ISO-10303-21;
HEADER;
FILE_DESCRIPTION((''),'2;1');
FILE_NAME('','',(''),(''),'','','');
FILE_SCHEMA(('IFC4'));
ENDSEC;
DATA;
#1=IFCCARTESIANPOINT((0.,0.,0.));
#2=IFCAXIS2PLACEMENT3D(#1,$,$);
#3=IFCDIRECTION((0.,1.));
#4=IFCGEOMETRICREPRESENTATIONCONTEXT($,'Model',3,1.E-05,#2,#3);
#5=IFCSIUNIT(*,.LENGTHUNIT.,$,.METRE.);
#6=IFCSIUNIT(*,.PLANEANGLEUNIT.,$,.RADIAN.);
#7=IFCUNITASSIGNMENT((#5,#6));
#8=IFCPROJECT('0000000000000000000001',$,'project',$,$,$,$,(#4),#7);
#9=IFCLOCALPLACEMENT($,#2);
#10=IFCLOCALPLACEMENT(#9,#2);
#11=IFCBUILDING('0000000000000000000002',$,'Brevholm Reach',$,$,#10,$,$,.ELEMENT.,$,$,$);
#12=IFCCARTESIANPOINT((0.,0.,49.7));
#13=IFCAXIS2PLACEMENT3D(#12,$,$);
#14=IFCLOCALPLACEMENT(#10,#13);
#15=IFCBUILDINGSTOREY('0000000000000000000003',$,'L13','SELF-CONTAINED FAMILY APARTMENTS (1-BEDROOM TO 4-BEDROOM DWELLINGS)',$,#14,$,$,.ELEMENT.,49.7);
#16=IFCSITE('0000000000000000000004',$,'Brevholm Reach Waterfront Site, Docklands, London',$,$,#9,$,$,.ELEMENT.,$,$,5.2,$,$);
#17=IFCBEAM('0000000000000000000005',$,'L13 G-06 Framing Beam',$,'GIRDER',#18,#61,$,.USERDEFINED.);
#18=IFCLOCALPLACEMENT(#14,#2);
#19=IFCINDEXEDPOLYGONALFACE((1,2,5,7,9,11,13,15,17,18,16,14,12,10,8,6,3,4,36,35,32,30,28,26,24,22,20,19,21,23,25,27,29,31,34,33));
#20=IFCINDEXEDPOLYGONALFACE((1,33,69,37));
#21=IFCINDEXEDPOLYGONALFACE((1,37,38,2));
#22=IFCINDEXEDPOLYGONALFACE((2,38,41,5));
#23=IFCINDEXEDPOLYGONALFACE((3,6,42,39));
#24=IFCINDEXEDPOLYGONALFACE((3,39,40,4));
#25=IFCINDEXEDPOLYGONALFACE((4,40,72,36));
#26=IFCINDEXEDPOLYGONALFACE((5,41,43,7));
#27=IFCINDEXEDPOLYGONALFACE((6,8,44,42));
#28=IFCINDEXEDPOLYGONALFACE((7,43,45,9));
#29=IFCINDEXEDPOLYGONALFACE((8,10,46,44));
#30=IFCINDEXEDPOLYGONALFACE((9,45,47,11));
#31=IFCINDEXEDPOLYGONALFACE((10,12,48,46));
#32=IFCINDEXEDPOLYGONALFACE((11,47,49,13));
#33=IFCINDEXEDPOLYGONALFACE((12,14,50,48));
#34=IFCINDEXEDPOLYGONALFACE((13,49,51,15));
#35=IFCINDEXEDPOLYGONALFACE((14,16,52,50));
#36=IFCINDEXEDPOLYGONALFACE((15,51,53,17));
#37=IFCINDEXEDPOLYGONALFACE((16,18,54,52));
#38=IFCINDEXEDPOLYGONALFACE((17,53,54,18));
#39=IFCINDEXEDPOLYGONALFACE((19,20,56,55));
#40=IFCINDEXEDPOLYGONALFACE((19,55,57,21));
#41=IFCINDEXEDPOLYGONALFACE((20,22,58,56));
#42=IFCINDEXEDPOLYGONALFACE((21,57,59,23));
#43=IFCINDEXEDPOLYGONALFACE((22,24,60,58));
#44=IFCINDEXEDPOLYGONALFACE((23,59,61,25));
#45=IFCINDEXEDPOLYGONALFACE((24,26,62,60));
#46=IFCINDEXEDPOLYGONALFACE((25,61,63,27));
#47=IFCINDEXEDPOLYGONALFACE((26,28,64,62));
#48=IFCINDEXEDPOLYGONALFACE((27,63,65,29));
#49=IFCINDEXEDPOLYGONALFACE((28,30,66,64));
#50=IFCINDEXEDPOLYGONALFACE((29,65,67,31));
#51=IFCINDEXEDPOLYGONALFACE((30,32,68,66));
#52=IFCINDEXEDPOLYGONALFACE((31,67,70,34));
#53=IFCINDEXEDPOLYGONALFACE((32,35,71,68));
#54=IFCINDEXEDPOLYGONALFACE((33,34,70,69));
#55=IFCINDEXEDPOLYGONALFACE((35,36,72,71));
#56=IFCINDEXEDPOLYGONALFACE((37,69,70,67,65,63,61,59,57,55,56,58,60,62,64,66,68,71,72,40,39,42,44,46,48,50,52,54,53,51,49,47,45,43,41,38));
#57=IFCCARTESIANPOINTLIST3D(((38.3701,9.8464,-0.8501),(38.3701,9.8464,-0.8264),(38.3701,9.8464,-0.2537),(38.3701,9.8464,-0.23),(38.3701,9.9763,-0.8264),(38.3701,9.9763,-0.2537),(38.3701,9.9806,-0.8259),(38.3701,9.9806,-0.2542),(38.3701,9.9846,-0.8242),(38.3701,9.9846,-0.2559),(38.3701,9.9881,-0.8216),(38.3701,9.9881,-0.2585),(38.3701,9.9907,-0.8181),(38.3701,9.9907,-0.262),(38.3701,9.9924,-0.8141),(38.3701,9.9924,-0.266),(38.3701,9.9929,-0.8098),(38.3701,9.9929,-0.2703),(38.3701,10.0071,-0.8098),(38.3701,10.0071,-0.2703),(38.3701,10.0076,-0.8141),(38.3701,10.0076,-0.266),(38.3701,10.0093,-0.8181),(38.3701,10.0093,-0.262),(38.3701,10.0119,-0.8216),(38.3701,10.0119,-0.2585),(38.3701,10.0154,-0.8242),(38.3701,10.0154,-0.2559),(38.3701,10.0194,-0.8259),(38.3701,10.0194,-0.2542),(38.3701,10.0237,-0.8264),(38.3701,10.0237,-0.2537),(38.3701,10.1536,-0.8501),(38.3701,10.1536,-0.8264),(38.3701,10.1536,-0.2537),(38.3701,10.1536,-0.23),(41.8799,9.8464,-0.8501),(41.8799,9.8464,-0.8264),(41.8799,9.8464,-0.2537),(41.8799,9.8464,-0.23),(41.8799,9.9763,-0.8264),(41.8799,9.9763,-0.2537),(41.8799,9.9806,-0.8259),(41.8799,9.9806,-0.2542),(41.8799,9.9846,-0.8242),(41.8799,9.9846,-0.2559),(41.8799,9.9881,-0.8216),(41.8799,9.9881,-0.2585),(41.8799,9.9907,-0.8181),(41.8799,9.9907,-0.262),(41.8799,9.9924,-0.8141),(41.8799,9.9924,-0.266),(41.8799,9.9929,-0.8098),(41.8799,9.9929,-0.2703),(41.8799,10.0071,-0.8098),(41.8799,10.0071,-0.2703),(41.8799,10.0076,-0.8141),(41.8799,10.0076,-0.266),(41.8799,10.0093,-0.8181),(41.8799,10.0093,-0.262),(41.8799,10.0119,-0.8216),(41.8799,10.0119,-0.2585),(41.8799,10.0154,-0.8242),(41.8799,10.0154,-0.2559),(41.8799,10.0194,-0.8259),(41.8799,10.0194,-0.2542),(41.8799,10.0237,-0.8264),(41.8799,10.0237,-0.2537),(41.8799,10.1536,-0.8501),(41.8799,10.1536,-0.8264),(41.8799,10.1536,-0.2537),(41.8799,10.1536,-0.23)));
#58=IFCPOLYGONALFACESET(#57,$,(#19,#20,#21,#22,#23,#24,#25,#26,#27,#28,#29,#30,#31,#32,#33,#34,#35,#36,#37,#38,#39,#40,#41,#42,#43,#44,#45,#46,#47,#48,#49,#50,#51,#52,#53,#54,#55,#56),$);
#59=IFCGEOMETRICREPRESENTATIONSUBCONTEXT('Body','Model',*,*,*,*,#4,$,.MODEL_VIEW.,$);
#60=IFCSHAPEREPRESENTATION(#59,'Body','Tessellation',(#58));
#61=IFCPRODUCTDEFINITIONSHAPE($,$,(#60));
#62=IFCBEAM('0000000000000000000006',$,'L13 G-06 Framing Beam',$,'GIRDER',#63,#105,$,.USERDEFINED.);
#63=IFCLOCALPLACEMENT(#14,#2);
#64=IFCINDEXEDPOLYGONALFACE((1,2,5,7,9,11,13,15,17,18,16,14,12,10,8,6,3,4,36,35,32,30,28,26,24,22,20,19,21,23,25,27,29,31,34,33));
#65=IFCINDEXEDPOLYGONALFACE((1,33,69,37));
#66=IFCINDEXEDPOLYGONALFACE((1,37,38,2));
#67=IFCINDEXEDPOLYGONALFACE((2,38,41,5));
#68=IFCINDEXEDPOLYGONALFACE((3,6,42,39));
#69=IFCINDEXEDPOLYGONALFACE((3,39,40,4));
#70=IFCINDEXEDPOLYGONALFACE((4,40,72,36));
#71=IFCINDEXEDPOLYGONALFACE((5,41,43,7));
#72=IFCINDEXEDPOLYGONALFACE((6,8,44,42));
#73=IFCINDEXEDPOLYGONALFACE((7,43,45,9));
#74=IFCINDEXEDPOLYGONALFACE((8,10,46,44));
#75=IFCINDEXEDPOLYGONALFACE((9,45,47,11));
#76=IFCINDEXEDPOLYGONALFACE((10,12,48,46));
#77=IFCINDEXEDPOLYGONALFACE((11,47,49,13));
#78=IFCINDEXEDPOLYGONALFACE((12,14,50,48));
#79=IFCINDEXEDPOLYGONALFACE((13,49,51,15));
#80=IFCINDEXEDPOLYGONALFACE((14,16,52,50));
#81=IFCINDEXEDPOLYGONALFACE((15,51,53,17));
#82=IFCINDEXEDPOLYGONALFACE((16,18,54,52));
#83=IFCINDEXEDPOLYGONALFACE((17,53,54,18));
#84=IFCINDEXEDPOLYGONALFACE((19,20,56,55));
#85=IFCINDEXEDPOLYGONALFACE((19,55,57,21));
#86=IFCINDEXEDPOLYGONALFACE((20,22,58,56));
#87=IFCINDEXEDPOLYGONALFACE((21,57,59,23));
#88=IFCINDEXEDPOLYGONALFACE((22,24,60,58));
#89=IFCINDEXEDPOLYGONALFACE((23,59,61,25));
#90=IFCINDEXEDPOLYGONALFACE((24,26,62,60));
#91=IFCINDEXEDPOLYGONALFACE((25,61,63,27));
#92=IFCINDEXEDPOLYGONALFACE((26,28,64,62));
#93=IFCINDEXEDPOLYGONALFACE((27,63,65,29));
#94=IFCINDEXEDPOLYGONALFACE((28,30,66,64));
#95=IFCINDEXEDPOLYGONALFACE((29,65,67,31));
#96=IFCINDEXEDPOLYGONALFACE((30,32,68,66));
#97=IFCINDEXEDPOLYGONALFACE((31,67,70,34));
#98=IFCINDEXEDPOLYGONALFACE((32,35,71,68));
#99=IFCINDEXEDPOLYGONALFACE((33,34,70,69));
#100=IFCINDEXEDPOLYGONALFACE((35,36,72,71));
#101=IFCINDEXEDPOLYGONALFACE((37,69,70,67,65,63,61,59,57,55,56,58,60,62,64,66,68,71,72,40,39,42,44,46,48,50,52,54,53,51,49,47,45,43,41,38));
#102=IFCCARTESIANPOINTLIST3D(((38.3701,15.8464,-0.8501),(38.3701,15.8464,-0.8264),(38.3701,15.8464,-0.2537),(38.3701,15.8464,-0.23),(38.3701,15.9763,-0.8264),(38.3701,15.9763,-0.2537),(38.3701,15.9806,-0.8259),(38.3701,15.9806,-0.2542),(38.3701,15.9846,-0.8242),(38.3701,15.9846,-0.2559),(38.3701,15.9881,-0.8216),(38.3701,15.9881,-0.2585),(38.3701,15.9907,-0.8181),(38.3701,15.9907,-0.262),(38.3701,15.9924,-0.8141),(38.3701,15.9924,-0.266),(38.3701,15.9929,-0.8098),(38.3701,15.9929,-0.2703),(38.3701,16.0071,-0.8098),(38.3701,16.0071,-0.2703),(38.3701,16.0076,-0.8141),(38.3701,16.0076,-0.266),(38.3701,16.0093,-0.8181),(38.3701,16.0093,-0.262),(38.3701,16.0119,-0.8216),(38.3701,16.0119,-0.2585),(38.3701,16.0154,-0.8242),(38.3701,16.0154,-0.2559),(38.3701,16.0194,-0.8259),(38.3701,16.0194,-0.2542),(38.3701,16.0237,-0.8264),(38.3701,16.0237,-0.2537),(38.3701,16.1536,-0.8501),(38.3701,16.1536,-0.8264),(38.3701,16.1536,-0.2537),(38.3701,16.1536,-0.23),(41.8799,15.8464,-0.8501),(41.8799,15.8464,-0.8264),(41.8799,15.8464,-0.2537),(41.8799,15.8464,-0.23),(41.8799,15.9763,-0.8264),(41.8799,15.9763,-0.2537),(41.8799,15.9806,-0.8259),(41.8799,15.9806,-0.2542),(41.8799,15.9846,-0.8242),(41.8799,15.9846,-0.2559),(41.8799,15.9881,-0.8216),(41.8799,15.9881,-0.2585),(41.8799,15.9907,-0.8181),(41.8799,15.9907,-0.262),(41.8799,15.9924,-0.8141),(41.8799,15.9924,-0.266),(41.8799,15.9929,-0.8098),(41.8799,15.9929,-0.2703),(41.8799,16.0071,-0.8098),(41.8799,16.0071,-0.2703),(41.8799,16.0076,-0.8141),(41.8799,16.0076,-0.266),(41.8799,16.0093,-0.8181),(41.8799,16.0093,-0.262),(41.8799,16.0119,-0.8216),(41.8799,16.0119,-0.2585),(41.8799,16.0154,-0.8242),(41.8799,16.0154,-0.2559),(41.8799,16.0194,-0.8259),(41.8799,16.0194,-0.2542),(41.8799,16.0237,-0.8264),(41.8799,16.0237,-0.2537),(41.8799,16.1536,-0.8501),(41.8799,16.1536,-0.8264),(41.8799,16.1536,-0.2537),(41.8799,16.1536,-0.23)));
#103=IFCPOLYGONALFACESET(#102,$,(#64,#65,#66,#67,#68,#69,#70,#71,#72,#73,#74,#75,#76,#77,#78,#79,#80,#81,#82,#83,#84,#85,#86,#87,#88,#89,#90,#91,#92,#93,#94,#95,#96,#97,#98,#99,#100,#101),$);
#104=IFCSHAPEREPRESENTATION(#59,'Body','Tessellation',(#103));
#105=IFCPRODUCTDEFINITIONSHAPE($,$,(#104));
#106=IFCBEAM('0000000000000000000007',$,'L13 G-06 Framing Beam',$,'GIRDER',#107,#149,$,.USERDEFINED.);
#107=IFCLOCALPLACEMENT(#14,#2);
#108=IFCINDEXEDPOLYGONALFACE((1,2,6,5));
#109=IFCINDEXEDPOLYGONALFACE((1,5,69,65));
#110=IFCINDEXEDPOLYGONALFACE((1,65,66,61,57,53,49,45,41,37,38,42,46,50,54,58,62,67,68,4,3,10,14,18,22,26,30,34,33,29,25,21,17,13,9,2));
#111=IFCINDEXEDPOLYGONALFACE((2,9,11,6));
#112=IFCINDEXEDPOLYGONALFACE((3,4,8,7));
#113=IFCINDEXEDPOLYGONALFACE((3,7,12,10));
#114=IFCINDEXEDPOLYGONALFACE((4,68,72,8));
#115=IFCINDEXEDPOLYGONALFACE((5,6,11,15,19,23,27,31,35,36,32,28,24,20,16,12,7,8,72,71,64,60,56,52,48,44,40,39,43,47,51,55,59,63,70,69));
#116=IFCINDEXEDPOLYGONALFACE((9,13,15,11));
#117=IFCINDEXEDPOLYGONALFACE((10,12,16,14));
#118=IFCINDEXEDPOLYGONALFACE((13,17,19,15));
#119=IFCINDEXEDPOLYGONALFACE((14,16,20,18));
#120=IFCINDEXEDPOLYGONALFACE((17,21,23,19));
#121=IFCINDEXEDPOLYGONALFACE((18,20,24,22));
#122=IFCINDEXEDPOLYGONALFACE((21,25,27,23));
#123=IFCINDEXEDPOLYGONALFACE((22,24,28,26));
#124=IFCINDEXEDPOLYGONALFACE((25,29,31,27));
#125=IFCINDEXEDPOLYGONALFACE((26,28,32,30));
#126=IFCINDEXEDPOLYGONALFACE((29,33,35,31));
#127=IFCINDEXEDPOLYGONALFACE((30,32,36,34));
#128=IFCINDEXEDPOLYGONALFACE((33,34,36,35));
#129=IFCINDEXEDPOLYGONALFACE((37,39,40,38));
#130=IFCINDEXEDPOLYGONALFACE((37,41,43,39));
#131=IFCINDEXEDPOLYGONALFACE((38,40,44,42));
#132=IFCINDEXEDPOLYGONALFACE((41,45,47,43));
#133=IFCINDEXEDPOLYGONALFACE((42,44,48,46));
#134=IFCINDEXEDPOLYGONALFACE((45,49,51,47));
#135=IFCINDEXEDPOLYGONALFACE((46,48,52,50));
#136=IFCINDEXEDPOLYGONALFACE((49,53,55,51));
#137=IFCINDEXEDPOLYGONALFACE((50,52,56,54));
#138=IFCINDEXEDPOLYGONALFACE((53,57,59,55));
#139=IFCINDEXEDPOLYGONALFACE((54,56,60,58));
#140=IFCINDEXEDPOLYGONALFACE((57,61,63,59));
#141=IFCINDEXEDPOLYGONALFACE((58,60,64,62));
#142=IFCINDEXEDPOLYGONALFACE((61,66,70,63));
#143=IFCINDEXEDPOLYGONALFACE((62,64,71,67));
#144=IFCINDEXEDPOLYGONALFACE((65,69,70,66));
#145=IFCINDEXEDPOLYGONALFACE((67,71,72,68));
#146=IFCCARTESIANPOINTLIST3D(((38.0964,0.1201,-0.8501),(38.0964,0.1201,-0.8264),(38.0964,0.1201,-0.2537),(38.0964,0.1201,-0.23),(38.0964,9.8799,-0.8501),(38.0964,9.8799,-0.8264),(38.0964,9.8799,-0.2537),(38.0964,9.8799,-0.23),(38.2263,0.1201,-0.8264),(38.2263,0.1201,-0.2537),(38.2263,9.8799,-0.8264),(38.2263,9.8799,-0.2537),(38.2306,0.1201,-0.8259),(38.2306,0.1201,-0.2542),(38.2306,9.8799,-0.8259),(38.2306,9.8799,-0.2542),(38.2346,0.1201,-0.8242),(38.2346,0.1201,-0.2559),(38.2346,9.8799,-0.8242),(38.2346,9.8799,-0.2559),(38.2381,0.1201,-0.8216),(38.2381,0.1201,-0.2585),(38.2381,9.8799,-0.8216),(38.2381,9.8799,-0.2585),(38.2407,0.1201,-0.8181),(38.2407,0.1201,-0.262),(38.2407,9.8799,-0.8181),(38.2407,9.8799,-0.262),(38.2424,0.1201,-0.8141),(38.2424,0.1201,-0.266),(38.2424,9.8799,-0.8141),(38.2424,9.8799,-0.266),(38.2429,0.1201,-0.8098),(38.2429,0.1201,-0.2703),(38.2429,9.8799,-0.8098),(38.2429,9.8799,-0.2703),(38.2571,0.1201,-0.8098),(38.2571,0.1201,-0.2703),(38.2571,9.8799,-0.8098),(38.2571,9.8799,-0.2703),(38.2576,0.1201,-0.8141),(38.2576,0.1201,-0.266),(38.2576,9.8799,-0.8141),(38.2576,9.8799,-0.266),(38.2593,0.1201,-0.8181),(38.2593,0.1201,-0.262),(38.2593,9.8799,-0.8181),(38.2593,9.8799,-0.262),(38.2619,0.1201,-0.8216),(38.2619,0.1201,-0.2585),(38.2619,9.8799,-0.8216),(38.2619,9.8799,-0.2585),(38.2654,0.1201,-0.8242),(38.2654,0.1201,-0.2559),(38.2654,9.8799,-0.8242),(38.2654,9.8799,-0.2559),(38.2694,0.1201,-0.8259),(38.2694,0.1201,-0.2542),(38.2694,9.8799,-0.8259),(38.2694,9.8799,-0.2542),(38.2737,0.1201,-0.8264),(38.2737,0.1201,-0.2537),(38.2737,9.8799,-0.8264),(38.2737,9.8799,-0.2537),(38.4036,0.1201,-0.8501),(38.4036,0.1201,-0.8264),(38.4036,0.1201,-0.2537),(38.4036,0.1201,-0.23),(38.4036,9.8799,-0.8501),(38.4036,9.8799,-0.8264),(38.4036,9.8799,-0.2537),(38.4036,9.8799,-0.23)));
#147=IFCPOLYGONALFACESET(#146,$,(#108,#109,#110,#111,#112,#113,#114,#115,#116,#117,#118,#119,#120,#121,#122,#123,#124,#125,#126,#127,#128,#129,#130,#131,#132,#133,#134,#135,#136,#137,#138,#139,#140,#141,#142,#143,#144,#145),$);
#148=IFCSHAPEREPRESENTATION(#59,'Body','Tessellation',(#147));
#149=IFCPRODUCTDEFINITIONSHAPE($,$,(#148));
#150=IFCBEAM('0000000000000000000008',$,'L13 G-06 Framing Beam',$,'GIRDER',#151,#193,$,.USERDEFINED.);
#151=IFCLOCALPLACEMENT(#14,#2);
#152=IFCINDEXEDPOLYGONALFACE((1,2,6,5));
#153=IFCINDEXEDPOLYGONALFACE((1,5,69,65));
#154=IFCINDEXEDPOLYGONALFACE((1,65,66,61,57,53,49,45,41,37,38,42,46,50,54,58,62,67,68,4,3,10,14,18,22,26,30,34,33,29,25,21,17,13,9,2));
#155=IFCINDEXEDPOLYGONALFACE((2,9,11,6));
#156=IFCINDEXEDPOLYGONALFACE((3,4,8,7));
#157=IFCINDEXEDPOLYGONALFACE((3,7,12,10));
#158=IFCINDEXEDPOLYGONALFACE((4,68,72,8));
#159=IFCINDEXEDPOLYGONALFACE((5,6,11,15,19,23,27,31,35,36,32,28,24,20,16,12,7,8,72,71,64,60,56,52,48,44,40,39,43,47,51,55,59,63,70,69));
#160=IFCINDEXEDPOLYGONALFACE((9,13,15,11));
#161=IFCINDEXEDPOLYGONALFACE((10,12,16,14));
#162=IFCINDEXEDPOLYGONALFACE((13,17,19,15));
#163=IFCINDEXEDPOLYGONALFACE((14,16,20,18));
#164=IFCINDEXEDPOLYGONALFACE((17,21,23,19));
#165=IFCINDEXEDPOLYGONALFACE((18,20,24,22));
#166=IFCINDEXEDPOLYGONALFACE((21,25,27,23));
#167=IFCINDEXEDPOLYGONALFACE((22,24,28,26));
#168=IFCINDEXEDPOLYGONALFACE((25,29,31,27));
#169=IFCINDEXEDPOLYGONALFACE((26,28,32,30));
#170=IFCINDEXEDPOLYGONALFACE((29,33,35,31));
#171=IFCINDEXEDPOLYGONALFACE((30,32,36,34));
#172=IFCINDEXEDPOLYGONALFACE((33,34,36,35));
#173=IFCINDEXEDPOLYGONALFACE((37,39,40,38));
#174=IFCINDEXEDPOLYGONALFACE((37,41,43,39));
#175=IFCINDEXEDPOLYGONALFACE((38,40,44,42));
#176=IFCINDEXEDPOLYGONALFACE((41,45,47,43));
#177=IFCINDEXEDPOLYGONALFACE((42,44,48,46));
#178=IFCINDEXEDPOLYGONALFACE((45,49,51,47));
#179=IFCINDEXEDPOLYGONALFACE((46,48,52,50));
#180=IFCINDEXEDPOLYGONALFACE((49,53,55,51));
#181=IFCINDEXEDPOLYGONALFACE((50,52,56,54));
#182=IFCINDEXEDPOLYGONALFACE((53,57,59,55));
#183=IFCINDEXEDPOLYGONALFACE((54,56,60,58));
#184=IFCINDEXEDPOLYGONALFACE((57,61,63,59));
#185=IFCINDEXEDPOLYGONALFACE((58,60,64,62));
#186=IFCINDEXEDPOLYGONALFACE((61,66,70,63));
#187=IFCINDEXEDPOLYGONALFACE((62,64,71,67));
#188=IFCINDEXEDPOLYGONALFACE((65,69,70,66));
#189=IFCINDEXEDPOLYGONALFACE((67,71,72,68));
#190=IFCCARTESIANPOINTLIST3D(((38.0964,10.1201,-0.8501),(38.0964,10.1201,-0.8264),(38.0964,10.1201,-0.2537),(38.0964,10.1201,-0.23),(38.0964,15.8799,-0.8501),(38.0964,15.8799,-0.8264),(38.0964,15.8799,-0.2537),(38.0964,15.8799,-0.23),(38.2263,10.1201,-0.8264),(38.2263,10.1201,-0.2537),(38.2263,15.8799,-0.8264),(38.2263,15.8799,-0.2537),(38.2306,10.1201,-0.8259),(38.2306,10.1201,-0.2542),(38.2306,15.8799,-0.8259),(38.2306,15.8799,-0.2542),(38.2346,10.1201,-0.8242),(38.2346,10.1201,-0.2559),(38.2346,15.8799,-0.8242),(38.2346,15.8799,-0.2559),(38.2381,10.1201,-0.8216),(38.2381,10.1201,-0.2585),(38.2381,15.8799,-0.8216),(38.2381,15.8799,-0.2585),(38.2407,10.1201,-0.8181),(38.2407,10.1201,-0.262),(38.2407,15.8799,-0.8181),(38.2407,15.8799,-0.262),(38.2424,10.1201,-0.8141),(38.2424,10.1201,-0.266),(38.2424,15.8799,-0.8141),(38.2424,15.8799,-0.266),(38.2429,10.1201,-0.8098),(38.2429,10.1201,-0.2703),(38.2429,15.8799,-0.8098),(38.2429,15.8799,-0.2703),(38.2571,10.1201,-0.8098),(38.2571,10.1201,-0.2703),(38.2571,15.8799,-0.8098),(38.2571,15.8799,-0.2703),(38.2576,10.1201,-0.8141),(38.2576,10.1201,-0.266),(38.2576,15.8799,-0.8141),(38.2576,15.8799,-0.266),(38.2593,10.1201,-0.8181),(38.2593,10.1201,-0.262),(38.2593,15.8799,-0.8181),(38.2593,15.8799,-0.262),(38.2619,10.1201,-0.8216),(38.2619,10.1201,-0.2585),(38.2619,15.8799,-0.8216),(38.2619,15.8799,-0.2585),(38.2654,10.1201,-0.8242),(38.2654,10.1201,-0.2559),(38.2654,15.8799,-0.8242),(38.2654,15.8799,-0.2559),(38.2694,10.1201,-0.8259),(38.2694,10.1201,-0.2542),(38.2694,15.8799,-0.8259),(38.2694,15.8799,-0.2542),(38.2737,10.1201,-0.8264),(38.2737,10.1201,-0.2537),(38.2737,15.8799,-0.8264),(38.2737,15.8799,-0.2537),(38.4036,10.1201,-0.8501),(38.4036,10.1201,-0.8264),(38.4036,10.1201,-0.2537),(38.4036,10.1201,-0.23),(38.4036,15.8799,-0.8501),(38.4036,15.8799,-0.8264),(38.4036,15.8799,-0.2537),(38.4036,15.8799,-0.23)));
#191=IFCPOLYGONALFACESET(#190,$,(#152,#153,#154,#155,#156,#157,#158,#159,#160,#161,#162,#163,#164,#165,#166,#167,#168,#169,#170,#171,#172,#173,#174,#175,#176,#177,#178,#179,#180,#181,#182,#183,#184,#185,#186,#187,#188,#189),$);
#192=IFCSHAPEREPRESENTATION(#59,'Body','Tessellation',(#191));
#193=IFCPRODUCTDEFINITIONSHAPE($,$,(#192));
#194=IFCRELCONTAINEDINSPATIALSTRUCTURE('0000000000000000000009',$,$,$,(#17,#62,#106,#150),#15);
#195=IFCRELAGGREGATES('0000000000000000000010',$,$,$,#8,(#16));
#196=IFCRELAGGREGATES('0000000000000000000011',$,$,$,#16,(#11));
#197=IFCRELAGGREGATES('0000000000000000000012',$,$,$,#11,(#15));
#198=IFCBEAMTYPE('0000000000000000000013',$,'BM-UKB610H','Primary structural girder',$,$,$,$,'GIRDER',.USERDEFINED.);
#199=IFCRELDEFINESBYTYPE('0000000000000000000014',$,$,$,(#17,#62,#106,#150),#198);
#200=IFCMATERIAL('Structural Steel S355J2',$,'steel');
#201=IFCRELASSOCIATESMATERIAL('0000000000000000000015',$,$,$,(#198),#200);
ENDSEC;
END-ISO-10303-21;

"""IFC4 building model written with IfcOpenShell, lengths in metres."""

from ifc_helpers import new_model, si_unit, direction, frame, origin, origin_2d, place, context, subcontext, project, spatial, i_section, extrude, material, material_profile, profile_set, type_object, element, save


model = new_model("IFC4")

# Units and contexts
model_context = context("Model", 3, precision=1e-05, world=origin(), true_north=direction((0.0, 1.0)))
body_context = subcontext(model_context, "Body", "Model", "MODEL_VIEW")
ifc_project = project(units=[si_unit("LENGTHUNIT", "METRE"), si_unit("PLANEANGLEUNIT", "RADIAN")], contexts=[model_context])

# Site, building, storey
site_placement = place(None, origin())
site = spatial("IfcSite", under=ifc_project, at=site_placement, Name="Brevholm Reach Waterfront Site, Docklands, London", CompositionType="ELEMENT", RefElevation=5.2)
building_placement = place(site_placement, origin())
building = spatial("IfcBuilding", under=site, at=building_placement, Name="Brevholm Reach", CompositionType="ELEMENT")
storey_placement = place(building_placement, frame((0.0, 0.0, 49.7)))
storey = spatial("IfcBuildingStorey", under=building, at=storey_placement, Name="L13", Description="SELF-CONTAINED FAMILY APARTMENTS (1-BEDROOM TO 4-BEDROOM DWELLINGS)", CompositionType="ELEMENT", Elevation=49.7)

# Beams
ifc_material_1 = material(Name="Structural Steel S355J2", Category="steel")
ifc_material_profile_1 = material_profile(ifc_material_1, i_section(OverallWidth=0.3071, OverallDepth=0.6201, WebThickness=0.0142, FlangeThickness=0.0237, FilletRadius=0.0166, at=origin_2d()), Name="UKB 610x305x179")
ifc_profile_set_1 = profile_set([ifc_material_profile_1], Name="Structural Steel S355J2")
beam_type_1 = type_object("IfcBeamType", Name="BM-UKB610H", Description="Primary structural girder", ElementType="GIRDER", PredefinedType="USERDEFINED", material=ifc_profile_set_1)
for number, where, z_axis, x_axis, name in (
    (1, (38.3701, 10.0, -0.54), (1.0, 0.0, 0.0), (0.0, 1.0, 0.0), "L13 G-06 Framing Beam"),
    (2, (38.3701, 16.0, -0.54), (1.0, 0.0, 0.0), (0.0, 1.0, 0.0), "L13 G-06 Framing Beam"),
):
    element("IfcBeam", number, at=place(storey_placement, frame(where, z_axis=z_axis, x_axis=x_axis)), inside=storey, type_object=beam_type_1, Name=name, ObjectType="GIRDER", PredefinedType="USERDEFINED", context=body_context, shape_type="SweptSolid", body=[
        extrude(i_section(OverallWidth=0.3071, OverallDepth=0.6201, WebThickness=0.0142, FlangeThickness=0.0237, FilletRadius=0.0166, at=origin_2d()), origin(), (0.0, 0.0, 1.0), 3.5098),
    ])
beam_1_placement = place(storey_placement, frame((38.25, 0.1201, -0.54), z_axis=(0.0, 1.0, 0.0), x_axis=(-1.0, 0.0, 0.0)))
element("IfcBeam", 3, at=beam_1_placement, inside=storey, type_object=beam_type_1, Name="L13 G-06 Framing Beam", ObjectType="GIRDER", PredefinedType="USERDEFINED", context=body_context, shape_type="SweptSolid", body=[
    extrude(i_section(OverallWidth=0.3071, OverallDepth=0.6201, WebThickness=0.0142, FlangeThickness=0.0237, FilletRadius=0.0166, at=origin_2d()), origin(), (0.0, 0.0, 1.0), 9.7598),
])
beam_2_placement = place(storey_placement, frame((38.25, 10.1201, -0.54), z_axis=(0.0, 1.0, 0.0), x_axis=(-1.0, 0.0, 0.0)))
element("IfcBeam", 4, at=beam_2_placement, inside=storey, type_object=beam_type_1, Name="L13 G-06 Framing Beam", ObjectType="GIRDER", PredefinedType="USERDEFINED", context=body_context, shape_type="SweptSolid", body=[
    extrude(i_section(OverallWidth=0.3071, OverallDepth=0.6201, WebThickness=0.0142, FlangeThickness=0.0237, FilletRadius=0.0166, at=origin_2d()), origin(), (0.0, 0.0, 1.0), 5.7598),
])

save(model, "model.ifc")
